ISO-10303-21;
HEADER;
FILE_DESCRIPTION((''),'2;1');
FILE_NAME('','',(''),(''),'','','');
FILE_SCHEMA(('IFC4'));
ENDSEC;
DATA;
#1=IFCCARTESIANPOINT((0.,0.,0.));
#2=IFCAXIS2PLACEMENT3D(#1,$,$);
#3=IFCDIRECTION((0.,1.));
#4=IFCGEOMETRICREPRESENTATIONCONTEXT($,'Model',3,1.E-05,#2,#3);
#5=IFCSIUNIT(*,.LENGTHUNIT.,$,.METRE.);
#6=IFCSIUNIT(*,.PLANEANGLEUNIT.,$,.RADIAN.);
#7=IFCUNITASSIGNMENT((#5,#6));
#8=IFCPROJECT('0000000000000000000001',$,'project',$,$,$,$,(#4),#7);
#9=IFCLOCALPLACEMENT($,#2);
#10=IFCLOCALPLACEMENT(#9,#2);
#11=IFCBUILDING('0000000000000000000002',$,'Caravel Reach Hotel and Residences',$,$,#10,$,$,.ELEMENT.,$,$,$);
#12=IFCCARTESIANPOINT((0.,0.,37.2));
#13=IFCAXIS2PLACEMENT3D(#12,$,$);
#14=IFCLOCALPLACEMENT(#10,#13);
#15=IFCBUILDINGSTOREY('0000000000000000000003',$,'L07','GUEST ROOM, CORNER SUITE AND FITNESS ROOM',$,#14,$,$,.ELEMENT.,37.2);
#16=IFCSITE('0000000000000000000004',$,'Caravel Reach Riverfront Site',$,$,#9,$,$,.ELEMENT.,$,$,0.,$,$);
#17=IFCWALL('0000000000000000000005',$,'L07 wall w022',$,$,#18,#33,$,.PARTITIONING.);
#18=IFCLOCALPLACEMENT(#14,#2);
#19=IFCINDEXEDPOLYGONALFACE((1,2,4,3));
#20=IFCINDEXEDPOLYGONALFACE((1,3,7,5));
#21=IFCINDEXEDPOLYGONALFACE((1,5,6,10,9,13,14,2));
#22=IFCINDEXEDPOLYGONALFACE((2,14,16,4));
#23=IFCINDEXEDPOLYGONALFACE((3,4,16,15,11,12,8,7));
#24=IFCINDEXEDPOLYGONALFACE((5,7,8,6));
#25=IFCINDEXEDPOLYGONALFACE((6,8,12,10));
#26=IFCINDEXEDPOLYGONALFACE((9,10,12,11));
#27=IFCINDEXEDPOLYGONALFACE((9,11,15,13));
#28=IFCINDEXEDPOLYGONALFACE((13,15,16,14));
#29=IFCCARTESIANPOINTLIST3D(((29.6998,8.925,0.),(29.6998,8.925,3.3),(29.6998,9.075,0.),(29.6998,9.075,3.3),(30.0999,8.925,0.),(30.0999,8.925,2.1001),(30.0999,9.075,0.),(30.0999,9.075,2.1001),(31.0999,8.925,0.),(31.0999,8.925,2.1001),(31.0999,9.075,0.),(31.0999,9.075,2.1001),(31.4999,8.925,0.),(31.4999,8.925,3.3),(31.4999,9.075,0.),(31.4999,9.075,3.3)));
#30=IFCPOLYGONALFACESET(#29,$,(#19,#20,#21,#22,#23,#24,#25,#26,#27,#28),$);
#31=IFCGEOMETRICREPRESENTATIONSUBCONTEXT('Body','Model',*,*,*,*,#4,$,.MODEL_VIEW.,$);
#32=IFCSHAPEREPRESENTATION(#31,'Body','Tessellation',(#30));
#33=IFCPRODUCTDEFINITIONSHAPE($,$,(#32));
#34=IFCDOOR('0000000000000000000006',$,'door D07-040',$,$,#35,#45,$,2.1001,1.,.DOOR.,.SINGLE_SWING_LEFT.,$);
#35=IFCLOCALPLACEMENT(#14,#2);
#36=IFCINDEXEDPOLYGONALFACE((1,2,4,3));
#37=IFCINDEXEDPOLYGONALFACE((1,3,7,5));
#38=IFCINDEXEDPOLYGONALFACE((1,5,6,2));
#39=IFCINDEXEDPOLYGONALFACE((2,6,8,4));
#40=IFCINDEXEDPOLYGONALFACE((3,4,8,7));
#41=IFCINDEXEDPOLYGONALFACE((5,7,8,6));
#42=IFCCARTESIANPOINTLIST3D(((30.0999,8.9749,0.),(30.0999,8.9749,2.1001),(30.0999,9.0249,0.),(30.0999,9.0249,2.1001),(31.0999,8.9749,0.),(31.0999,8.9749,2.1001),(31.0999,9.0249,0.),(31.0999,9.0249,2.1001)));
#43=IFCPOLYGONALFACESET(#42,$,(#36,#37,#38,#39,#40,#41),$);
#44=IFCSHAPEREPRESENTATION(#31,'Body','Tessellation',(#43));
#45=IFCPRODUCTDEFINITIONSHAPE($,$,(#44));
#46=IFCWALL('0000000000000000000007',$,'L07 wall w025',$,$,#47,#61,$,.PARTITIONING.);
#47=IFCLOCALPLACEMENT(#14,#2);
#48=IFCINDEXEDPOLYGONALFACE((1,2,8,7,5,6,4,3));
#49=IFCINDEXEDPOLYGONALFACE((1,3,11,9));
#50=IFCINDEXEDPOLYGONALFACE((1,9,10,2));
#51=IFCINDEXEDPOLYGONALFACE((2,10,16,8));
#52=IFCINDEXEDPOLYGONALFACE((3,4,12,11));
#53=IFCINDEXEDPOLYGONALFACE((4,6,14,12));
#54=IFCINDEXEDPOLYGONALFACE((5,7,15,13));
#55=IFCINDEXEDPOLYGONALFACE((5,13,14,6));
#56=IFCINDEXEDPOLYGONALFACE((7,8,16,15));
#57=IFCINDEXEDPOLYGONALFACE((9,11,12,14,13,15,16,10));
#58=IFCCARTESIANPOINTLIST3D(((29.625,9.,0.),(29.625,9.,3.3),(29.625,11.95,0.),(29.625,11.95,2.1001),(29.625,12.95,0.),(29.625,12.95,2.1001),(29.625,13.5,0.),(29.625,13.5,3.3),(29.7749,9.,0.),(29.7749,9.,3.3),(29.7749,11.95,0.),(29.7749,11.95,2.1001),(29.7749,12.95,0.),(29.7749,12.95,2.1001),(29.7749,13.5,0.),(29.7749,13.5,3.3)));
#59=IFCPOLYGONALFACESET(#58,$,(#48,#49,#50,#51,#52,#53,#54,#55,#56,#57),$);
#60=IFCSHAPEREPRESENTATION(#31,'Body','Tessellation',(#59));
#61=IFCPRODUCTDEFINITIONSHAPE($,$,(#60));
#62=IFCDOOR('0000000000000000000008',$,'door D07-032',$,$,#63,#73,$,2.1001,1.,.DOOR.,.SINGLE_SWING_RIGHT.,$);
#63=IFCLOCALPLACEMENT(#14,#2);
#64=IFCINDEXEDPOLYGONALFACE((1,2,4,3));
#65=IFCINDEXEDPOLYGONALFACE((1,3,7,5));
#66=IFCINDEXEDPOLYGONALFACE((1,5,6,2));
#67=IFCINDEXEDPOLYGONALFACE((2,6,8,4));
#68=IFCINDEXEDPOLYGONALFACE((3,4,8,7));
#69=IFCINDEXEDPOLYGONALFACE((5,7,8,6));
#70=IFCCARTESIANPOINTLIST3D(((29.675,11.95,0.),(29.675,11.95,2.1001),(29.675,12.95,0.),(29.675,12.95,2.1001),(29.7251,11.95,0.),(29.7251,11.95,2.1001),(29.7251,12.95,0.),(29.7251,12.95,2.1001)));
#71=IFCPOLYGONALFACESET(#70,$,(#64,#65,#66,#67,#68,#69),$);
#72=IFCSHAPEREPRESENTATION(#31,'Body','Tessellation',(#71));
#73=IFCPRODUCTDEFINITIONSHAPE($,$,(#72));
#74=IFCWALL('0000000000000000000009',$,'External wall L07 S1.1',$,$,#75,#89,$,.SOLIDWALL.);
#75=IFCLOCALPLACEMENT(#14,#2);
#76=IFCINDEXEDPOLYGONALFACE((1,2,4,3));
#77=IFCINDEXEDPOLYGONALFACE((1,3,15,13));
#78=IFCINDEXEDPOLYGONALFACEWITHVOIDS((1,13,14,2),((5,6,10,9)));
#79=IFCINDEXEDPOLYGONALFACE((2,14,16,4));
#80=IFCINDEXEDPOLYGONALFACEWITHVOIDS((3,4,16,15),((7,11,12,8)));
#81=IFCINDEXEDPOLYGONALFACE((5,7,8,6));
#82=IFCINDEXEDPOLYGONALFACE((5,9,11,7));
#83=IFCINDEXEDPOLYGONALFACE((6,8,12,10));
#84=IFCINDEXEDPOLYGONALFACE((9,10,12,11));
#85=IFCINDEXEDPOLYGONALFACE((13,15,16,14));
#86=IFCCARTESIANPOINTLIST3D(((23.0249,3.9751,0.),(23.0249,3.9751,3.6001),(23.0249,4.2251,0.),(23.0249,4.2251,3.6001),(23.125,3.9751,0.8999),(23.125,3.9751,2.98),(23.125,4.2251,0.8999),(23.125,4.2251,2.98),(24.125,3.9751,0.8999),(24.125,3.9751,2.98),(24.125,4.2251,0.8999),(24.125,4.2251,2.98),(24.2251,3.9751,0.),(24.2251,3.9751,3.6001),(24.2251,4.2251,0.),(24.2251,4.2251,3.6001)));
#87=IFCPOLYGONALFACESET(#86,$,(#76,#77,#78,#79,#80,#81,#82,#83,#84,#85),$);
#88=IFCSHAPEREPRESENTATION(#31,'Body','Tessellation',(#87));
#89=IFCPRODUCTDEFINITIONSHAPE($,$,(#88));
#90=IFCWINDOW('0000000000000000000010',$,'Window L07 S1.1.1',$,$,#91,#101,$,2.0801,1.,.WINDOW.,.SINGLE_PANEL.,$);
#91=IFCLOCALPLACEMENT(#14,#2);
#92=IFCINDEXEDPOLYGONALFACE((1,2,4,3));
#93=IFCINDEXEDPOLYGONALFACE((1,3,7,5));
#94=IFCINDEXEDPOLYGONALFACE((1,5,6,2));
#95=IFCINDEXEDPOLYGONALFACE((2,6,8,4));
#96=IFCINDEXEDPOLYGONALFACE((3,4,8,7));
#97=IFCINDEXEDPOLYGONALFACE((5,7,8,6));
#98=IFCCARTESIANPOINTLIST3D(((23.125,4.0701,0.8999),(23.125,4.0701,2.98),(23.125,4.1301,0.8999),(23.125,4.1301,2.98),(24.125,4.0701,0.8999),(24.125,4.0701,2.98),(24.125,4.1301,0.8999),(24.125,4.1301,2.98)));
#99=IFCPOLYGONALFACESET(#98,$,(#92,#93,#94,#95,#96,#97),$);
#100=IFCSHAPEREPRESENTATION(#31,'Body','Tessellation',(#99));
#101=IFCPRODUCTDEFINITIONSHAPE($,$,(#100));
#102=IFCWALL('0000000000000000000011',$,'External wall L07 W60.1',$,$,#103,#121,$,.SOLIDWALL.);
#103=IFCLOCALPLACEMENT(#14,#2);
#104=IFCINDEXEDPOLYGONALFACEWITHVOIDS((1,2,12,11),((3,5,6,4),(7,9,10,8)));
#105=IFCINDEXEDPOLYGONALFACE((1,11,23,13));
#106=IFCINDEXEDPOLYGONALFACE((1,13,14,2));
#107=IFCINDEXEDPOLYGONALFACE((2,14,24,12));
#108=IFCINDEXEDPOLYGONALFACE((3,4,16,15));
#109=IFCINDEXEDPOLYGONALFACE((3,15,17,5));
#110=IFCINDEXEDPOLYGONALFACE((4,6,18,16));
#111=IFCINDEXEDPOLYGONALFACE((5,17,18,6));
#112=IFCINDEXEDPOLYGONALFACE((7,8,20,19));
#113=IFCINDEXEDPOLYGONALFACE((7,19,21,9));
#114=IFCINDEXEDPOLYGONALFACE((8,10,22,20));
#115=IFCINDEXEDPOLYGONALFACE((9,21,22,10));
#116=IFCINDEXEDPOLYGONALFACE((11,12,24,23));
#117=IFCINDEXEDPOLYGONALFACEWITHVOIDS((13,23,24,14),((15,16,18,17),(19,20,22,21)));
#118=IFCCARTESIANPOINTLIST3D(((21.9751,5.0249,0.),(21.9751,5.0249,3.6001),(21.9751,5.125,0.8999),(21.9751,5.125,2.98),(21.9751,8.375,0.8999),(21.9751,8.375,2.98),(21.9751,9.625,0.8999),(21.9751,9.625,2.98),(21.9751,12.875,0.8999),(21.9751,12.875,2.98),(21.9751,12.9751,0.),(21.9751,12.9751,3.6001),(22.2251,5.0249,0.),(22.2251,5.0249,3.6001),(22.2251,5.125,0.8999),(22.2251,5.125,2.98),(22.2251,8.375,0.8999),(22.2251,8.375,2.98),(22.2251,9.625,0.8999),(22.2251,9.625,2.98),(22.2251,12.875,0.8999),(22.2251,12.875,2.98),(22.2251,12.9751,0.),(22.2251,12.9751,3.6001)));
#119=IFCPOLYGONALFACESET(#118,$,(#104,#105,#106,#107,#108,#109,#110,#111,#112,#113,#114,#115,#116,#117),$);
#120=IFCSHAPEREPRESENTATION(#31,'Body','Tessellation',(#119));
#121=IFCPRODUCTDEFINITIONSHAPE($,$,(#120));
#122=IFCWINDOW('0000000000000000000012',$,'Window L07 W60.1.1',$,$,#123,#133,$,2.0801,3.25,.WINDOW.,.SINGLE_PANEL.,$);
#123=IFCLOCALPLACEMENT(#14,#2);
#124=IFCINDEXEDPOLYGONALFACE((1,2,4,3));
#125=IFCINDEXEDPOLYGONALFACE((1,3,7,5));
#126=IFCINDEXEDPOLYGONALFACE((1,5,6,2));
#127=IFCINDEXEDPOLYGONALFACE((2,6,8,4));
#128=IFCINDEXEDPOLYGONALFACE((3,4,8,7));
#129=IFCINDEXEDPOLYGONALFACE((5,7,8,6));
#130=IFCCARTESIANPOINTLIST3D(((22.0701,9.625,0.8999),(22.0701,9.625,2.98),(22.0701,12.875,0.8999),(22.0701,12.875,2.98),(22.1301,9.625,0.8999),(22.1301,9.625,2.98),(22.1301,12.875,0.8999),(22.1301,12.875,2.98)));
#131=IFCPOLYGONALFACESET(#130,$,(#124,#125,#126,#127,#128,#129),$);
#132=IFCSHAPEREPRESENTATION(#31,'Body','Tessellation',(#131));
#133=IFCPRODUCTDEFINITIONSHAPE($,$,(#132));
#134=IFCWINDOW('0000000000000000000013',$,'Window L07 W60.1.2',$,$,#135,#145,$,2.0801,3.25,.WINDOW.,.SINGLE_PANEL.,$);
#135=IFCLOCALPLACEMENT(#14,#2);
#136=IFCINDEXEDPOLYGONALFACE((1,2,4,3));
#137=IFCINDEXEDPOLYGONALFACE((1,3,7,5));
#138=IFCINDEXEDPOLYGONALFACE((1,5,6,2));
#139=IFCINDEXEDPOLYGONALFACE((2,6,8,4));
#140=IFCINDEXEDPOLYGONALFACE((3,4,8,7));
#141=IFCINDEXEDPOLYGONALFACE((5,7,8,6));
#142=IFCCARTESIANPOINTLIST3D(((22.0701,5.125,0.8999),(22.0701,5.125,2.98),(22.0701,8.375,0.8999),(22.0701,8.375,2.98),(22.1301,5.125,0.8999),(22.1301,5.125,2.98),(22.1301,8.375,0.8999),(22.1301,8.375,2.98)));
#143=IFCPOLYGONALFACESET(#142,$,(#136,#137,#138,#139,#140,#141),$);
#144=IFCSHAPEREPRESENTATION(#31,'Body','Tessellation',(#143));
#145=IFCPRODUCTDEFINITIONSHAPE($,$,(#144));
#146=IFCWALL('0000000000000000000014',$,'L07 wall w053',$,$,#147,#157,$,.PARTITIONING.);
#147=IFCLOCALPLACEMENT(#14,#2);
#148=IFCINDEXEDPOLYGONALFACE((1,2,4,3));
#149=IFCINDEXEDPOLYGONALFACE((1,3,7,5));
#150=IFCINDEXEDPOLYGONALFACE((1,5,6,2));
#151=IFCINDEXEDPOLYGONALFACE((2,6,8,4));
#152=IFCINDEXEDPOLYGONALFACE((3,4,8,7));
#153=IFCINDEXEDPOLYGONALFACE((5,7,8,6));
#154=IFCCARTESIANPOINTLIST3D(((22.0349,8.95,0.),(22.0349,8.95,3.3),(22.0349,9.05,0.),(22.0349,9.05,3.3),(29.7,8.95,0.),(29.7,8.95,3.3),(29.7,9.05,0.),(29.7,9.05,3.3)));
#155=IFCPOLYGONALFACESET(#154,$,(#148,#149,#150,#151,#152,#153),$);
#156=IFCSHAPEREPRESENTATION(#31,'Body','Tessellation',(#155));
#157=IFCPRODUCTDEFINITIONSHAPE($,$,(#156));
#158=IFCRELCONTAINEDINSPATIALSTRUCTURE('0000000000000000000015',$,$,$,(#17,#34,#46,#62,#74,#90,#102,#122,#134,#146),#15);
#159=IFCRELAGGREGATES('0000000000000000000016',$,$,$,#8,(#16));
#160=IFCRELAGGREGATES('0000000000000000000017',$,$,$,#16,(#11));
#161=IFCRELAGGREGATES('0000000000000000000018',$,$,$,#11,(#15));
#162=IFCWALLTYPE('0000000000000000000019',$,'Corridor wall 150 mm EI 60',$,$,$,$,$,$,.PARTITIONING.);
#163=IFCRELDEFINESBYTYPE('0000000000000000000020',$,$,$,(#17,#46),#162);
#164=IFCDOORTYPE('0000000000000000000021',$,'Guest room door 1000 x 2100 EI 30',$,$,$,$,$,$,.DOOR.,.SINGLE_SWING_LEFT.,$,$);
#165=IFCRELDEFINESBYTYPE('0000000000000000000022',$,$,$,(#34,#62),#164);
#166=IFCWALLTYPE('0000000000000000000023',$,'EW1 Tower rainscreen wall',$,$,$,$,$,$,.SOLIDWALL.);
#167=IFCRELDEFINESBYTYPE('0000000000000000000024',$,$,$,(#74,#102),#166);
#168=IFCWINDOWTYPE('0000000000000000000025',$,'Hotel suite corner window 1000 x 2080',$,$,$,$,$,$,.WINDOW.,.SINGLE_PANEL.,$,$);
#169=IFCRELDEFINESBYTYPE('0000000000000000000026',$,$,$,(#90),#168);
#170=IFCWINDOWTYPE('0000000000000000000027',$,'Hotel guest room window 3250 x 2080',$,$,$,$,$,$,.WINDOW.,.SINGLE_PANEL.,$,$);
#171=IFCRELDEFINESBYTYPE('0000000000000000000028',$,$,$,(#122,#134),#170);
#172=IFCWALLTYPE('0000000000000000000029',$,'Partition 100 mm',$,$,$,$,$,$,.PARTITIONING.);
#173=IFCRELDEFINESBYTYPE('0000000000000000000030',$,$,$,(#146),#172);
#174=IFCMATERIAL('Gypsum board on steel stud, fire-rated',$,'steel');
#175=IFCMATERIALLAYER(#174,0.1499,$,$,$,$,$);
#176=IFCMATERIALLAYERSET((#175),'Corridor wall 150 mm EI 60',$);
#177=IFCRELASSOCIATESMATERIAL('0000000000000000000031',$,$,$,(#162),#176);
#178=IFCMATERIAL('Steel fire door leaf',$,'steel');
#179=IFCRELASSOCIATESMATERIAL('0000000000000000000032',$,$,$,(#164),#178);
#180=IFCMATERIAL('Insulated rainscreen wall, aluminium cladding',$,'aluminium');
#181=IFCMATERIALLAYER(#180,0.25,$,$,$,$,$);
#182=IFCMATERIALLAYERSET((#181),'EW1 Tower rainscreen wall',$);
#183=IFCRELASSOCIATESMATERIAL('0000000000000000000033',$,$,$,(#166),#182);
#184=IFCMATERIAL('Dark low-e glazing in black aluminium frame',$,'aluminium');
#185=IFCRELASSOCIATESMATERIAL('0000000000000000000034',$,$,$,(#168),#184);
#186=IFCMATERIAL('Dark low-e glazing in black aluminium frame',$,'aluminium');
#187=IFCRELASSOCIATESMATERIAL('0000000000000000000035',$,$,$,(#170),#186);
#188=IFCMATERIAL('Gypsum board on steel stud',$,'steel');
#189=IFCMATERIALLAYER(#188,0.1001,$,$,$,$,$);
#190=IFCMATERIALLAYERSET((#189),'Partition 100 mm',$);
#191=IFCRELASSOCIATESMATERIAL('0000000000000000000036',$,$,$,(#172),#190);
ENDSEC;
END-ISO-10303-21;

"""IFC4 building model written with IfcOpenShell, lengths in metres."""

from ifc_helpers import new_model, si_unit, direction, frame, frame_2d, origin, place, context, subcontext, project, spatial, rectangle, extrude, material, layer, layer_set, type_object, element, fill, save


model = new_model("IFC4")

# Units and contexts
model_context = context("Model", 3, precision=1e-05, world=origin(), true_north=direction((0.0, 1.0)))
body_context = subcontext(model_context, "Body", "Model", "MODEL_VIEW")
ifc_project = project(units=[si_unit("LENGTHUNIT", "METRE"), si_unit("PLANEANGLEUNIT", "RADIAN")], contexts=[model_context])

# Site, building, storey
site_placement = place(None, origin())
site = spatial("IfcSite", under=ifc_project, at=site_placement, Name="Caravel Reach Riverfront Site", CompositionType="ELEMENT", RefElevation=0.0)
building_placement = place(site_placement, origin())
building = spatial("IfcBuilding", under=site, at=building_placement, Name="Caravel Reach Hotel and Residences", CompositionType="ELEMENT")
storey_placement = place(building_placement, frame((0.0, 0.0, 37.2)))
storey = spatial("IfcBuildingStorey", under=building, at=storey_placement, Name="L07", Description="GUEST ROOM, CORNER SUITE AND FITNESS ROOM", CompositionType="ELEMENT", Elevation=37.2)

# Walls, openings, doors
ifc_material_1 = material(Name="Gypsum board on steel stud, fire-rated", Category="steel")
ifc_layer_1 = layer(ifc_material_1, 0.1499)
ifc_layer_set_1 = layer_set([ifc_layer_1], Name="Corridor wall 150 mm EI 60")
wall_type_1 = type_object("IfcWallType", Name="Corridor wall 150 mm EI 60", PredefinedType="PARTITIONING", material=ifc_layer_set_1)
wall_1_placement = place(storey_placement, frame((29.7, 9.0, 0.0), z_axis=(0.0, 0.0, 1.0), x_axis=(1.0, 0.0, 0.0)))
wall_1 = element("IfcWall", 1, at=wall_1_placement, inside=storey, type_object=wall_type_1, Name="L07 wall w022", PredefinedType="PARTITIONING", context=body_context, shape_type="SweptSolid", body=[
    extrude(rectangle(XDim=1.8, YDim=0.1499, at=frame_2d((0.8999, 0.0))), origin(), (0.0, 0.0, 1.0), 3.3),
])
opening_1_placement = place(wall_1_placement, frame((0.3999, 0.0, 0.0)))
opening_1 = element("IfcOpeningElement", 2, at=opening_1_placement, cuts=wall_1, PredefinedType="OPENING", context=body_context, shape_type="SweptSolid", body=[
    extrude(rectangle(XDim=1.0, YDim=2.1001, at=frame_2d((0.5, 1.05))), frame((0.0, 0.085, 0.0), z_axis=(0.0, -1.0, 0.0), x_axis=(1.0, 0.0, 0.0)), (0.0, 0.0, 1.0), 0.1699),
])
ifc_material_2 = material(Name="Steel fire door leaf", Category="steel")
door_type_1 = type_object("IfcDoorType", Name="Guest room door 1000 x 2100 EI 30", OperationType="SINGLE_SWING_LEFT", PredefinedType="DOOR", material=ifc_material_2)
door_1_placement = place(opening_1_placement, origin())
door_1 = element("IfcDoor", 3, at=door_1_placement, inside=storey, type_object=door_type_1, Name="door D07-040", OperationType="SINGLE_SWING_LEFT", OverallHeight=2.1001, OverallWidth=1.0, PredefinedType="DOOR", context=body_context, shape_type="SweptSolid", body=[
    extrude(rectangle(XDim=1.0, YDim=2.1001, at=frame_2d((0.5, 1.05))), frame((0.0, 0.0249, 0.0), z_axis=(0.0, -1.0, 0.0), x_axis=(1.0, 0.0, 0.0)), (0.0, 0.0, 1.0), 0.05),
])
fill(opening_1, door_1)
wall_2_placement = place(storey_placement, frame((29.7, 9.0, 0.0), z_axis=(0.0, 0.0, 1.0), x_axis=(0.0, 1.0, 0.0)))
wall_2 = element("IfcWall", 4, at=wall_2_placement, inside=storey, type_object=wall_type_1, Name="L07 wall w025", PredefinedType="PARTITIONING", context=body_context, shape_type="SweptSolid", body=[
    extrude(rectangle(XDim=4.5, YDim=0.1499, at=frame_2d((2.25, 0.0))), origin(), (0.0, 0.0, 1.0), 3.3),
])
opening_2_placement = place(wall_2_placement, frame((2.95, 0.0, 0.0)))
opening_2 = element("IfcOpeningElement", 5, at=opening_2_placement, cuts=wall_2, PredefinedType="OPENING", context=body_context, shape_type="SweptSolid", body=[
    extrude(rectangle(XDim=1.0, YDim=2.1001, at=frame_2d((0.5, 1.05))), frame((0.0, 0.085, 0.0), z_axis=(0.0, -1.0, 0.0), x_axis=(1.0, 0.0, 0.0)), (0.0, 0.0, 1.0), 0.1699),
])
door_2_placement = place(opening_2_placement, origin())
door_2 = element("IfcDoor", 6, at=door_2_placement, inside=storey, type_object=door_type_1, Name="door D07-032", OperationType="SINGLE_SWING_RIGHT", OverallHeight=2.1001, OverallWidth=1.0, PredefinedType="DOOR", context=body_context, shape_type="SweptSolid", body=[
    extrude(rectangle(XDim=1.0, YDim=2.1001, at=frame_2d((0.5, 1.05))), frame((0.0, 0.0249, 0.0), z_axis=(0.0, -1.0, 0.0), x_axis=(1.0, 0.0, 0.0)), (0.0, 0.0, 1.0), 0.05),
])
fill(opening_2, door_2)

# Wall, opening, window
ifc_material_3 = material(Name="Insulated rainscreen wall, aluminium cladding", Category="aluminium")
ifc_layer_2 = layer(ifc_material_3, 0.25)
ifc_layer_set_2 = layer_set([ifc_layer_2], Name="EW1 Tower rainscreen wall")
wall_type_2 = type_object("IfcWallType", Name="EW1 Tower rainscreen wall", PredefinedType="SOLIDWALL", material=ifc_layer_set_2)
wall_3_placement = place(storey_placement, frame((23.0249, 4.1001, 0.0), z_axis=(0.0, 0.0, 1.0), x_axis=(1.0, 0.0, 0.0)))
wall_3 = element("IfcWall", 7, at=wall_3_placement, inside=storey, type_object=wall_type_2, Name="External wall L07 S1.1", PredefinedType="SOLIDWALL", context=body_context, shape_type="SweptSolid", body=[
    extrude(rectangle(XDim=1.2002, YDim=0.25, at=frame_2d((0.6001, 0.0))), origin(), (0.0, 0.0, 1.0), 3.6001),
])
opening_3_placement = place(wall_3_placement, frame((0.1001, 0.0, 0.8999)))
opening_3 = element("IfcOpeningElement", 8, at=opening_3_placement, cuts=wall_3, PredefinedType="OPENING", context=body_context, shape_type="SweptSolid", body=[
    extrude(rectangle(XDim=1.0, YDim=2.0801, at=frame_2d((0.5, 1.04))), frame((0.0, 0.135, 0.0), z_axis=(0.0, -1.0, 0.0), x_axis=(1.0, 0.0, 0.0)), (0.0, 0.0, 1.0), 0.27),
])
ifc_material_4 = material(Name="Dark low-e glazing in black aluminium frame", Category="aluminium")
window_type_1 = type_object("IfcWindowType", Name="Hotel suite corner window 1000 x 2080", PartitioningType="SINGLE_PANEL", PredefinedType="WINDOW", material=ifc_material_4)
window_1_placement = place(opening_3_placement, origin())
window_1 = element("IfcWindow", 9, at=window_1_placement, inside=storey, type_object=window_type_1, Name="Window L07 S1.1.1", OverallHeight=2.0801, OverallWidth=1.0, PartitioningType="SINGLE_PANEL", PredefinedType="WINDOW", context=body_context, shape_type="SweptSolid", body=[
    extrude(rectangle(XDim=1.0, YDim=2.0801, at=frame_2d((0.5, 1.04))), frame((0.0, 0.03, 0.0), z_axis=(0.0, -1.0, 0.0), x_axis=(1.0, 0.0, 0.0)), (0.0, 0.0, 1.0), 0.0601),
])
fill(opening_3, window_1)

# Wall, openings, windows
wall_4_placement = place(storey_placement, frame((22.1001, 12.9751, 0.0), z_axis=(0.0, 0.0, 1.0), x_axis=(0.0, -1.0, 0.0)))
wall_4 = element("IfcWall", 10, at=wall_4_placement, inside=storey, type_object=wall_type_2, Name="External wall L07 W60.1", PredefinedType="SOLIDWALL", context=body_context, shape_type="SweptSolid", body=[
    extrude(rectangle(XDim=7.9502, YDim=0.25, at=frame_2d((3.9751, 0.0))), origin(), (0.0, 0.0, 1.0), 3.6001),
])
opening_4_placement = place(wall_4_placement, frame((0.1001, 0.0, 0.8999)))
opening_4 = element("IfcOpeningElement", 11, at=opening_4_placement, cuts=wall_4, PredefinedType="OPENING", context=body_context, shape_type="SweptSolid", body=[
    extrude(rectangle(XDim=3.25, YDim=2.0801, at=frame_2d((1.625, 1.04))), frame((0.0, 0.135, 0.0), z_axis=(0.0, -1.0, 0.0), x_axis=(1.0, 0.0, 0.0)), (0.0, 0.0, 1.0), 0.27),
])
opening_5_placement = place(wall_4_placement, frame((4.6001, 0.0, 0.8999)))
opening_5 = element("IfcOpeningElement", 12, at=opening_5_placement, cuts=wall_4, PredefinedType="OPENING", context=body_context, shape_type="SweptSolid", body=[
    extrude(rectangle(XDim=3.25, YDim=2.0801, at=frame_2d((1.625, 1.04))), frame((0.0, 0.135, 0.0), z_axis=(0.0, -1.0, 0.0), x_axis=(1.0, 0.0, 0.0)), (0.0, 0.0, 1.0), 0.27),
])
ifc_material_5 = material(Name="Dark low-e glazing in black aluminium frame", Category="aluminium")
window_type_2 = type_object("IfcWindowType", Name="Hotel guest room window 3250 x 2080", PartitioningType="SINGLE_PANEL", PredefinedType="WINDOW", material=ifc_material_5)
window_2_placement = place(opening_4_placement, origin())
window_2 = element("IfcWindow", 13, at=window_2_placement, inside=storey, type_object=window_type_2, Name="Window L07 W60.1.1", OverallHeight=2.0801, OverallWidth=3.25, PartitioningType="SINGLE_PANEL", PredefinedType="WINDOW", context=body_context, shape_type="SweptSolid", body=[
    extrude(rectangle(XDim=3.25, YDim=2.0801, at=frame_2d((1.625, 1.04))), frame((0.0, 0.03, 0.0), z_axis=(0.0, -1.0, 0.0), x_axis=(1.0, 0.0, 0.0)), (0.0, 0.0, 1.0), 0.0601),
])
fill(opening_4, window_2)
window_3_placement = place(opening_5_placement, origin())
window_3 = element("IfcWindow", 14, at=window_3_placement, inside=storey, type_object=window_type_2, Name="Window L07 W60.1.2", OverallHeight=2.0801, OverallWidth=3.25, PartitioningType="SINGLE_PANEL", PredefinedType="WINDOW", context=body_context, shape_type="SweptSolid", body=[
    extrude(rectangle(XDim=3.25, YDim=2.0801, at=frame_2d((1.625, 1.04))), frame((0.0, 0.03, 0.0), z_axis=(0.0, -1.0, 0.0), x_axis=(1.0, 0.0, 0.0)), (0.0, 0.0, 1.0), 0.0601),
])
fill(opening_5, window_3)

# Wall
ifc_material_6 = material(Name="Gypsum board on steel stud", Category="steel")
ifc_layer_3 = layer(ifc_material_6, 0.1001)
ifc_layer_set_3 = layer_set([ifc_layer_3], Name="Partition 100 mm")
wall_type_3 = type_object("IfcWallType", Name="Partition 100 mm", PredefinedType="PARTITIONING", material=ifc_layer_set_3)
wall_5_placement = place(storey_placement, frame((22.0349, 9.0, 0.0), z_axis=(0.0, 0.0, 1.0), x_axis=(1.0, 0.0, 0.0)))
element("IfcWall", 15, at=wall_5_placement, inside=storey, type_object=wall_type_3, Name="L07 wall w053", PredefinedType="PARTITIONING", context=body_context, shape_type="SweptSolid", body=[
    extrude(rectangle(XDim=7.665, YDim=0.1001, at=frame_2d((3.8325, 0.0))), origin(), (0.0, 0.0, 1.0), 3.3),
])

save(model, "model.ifc")
